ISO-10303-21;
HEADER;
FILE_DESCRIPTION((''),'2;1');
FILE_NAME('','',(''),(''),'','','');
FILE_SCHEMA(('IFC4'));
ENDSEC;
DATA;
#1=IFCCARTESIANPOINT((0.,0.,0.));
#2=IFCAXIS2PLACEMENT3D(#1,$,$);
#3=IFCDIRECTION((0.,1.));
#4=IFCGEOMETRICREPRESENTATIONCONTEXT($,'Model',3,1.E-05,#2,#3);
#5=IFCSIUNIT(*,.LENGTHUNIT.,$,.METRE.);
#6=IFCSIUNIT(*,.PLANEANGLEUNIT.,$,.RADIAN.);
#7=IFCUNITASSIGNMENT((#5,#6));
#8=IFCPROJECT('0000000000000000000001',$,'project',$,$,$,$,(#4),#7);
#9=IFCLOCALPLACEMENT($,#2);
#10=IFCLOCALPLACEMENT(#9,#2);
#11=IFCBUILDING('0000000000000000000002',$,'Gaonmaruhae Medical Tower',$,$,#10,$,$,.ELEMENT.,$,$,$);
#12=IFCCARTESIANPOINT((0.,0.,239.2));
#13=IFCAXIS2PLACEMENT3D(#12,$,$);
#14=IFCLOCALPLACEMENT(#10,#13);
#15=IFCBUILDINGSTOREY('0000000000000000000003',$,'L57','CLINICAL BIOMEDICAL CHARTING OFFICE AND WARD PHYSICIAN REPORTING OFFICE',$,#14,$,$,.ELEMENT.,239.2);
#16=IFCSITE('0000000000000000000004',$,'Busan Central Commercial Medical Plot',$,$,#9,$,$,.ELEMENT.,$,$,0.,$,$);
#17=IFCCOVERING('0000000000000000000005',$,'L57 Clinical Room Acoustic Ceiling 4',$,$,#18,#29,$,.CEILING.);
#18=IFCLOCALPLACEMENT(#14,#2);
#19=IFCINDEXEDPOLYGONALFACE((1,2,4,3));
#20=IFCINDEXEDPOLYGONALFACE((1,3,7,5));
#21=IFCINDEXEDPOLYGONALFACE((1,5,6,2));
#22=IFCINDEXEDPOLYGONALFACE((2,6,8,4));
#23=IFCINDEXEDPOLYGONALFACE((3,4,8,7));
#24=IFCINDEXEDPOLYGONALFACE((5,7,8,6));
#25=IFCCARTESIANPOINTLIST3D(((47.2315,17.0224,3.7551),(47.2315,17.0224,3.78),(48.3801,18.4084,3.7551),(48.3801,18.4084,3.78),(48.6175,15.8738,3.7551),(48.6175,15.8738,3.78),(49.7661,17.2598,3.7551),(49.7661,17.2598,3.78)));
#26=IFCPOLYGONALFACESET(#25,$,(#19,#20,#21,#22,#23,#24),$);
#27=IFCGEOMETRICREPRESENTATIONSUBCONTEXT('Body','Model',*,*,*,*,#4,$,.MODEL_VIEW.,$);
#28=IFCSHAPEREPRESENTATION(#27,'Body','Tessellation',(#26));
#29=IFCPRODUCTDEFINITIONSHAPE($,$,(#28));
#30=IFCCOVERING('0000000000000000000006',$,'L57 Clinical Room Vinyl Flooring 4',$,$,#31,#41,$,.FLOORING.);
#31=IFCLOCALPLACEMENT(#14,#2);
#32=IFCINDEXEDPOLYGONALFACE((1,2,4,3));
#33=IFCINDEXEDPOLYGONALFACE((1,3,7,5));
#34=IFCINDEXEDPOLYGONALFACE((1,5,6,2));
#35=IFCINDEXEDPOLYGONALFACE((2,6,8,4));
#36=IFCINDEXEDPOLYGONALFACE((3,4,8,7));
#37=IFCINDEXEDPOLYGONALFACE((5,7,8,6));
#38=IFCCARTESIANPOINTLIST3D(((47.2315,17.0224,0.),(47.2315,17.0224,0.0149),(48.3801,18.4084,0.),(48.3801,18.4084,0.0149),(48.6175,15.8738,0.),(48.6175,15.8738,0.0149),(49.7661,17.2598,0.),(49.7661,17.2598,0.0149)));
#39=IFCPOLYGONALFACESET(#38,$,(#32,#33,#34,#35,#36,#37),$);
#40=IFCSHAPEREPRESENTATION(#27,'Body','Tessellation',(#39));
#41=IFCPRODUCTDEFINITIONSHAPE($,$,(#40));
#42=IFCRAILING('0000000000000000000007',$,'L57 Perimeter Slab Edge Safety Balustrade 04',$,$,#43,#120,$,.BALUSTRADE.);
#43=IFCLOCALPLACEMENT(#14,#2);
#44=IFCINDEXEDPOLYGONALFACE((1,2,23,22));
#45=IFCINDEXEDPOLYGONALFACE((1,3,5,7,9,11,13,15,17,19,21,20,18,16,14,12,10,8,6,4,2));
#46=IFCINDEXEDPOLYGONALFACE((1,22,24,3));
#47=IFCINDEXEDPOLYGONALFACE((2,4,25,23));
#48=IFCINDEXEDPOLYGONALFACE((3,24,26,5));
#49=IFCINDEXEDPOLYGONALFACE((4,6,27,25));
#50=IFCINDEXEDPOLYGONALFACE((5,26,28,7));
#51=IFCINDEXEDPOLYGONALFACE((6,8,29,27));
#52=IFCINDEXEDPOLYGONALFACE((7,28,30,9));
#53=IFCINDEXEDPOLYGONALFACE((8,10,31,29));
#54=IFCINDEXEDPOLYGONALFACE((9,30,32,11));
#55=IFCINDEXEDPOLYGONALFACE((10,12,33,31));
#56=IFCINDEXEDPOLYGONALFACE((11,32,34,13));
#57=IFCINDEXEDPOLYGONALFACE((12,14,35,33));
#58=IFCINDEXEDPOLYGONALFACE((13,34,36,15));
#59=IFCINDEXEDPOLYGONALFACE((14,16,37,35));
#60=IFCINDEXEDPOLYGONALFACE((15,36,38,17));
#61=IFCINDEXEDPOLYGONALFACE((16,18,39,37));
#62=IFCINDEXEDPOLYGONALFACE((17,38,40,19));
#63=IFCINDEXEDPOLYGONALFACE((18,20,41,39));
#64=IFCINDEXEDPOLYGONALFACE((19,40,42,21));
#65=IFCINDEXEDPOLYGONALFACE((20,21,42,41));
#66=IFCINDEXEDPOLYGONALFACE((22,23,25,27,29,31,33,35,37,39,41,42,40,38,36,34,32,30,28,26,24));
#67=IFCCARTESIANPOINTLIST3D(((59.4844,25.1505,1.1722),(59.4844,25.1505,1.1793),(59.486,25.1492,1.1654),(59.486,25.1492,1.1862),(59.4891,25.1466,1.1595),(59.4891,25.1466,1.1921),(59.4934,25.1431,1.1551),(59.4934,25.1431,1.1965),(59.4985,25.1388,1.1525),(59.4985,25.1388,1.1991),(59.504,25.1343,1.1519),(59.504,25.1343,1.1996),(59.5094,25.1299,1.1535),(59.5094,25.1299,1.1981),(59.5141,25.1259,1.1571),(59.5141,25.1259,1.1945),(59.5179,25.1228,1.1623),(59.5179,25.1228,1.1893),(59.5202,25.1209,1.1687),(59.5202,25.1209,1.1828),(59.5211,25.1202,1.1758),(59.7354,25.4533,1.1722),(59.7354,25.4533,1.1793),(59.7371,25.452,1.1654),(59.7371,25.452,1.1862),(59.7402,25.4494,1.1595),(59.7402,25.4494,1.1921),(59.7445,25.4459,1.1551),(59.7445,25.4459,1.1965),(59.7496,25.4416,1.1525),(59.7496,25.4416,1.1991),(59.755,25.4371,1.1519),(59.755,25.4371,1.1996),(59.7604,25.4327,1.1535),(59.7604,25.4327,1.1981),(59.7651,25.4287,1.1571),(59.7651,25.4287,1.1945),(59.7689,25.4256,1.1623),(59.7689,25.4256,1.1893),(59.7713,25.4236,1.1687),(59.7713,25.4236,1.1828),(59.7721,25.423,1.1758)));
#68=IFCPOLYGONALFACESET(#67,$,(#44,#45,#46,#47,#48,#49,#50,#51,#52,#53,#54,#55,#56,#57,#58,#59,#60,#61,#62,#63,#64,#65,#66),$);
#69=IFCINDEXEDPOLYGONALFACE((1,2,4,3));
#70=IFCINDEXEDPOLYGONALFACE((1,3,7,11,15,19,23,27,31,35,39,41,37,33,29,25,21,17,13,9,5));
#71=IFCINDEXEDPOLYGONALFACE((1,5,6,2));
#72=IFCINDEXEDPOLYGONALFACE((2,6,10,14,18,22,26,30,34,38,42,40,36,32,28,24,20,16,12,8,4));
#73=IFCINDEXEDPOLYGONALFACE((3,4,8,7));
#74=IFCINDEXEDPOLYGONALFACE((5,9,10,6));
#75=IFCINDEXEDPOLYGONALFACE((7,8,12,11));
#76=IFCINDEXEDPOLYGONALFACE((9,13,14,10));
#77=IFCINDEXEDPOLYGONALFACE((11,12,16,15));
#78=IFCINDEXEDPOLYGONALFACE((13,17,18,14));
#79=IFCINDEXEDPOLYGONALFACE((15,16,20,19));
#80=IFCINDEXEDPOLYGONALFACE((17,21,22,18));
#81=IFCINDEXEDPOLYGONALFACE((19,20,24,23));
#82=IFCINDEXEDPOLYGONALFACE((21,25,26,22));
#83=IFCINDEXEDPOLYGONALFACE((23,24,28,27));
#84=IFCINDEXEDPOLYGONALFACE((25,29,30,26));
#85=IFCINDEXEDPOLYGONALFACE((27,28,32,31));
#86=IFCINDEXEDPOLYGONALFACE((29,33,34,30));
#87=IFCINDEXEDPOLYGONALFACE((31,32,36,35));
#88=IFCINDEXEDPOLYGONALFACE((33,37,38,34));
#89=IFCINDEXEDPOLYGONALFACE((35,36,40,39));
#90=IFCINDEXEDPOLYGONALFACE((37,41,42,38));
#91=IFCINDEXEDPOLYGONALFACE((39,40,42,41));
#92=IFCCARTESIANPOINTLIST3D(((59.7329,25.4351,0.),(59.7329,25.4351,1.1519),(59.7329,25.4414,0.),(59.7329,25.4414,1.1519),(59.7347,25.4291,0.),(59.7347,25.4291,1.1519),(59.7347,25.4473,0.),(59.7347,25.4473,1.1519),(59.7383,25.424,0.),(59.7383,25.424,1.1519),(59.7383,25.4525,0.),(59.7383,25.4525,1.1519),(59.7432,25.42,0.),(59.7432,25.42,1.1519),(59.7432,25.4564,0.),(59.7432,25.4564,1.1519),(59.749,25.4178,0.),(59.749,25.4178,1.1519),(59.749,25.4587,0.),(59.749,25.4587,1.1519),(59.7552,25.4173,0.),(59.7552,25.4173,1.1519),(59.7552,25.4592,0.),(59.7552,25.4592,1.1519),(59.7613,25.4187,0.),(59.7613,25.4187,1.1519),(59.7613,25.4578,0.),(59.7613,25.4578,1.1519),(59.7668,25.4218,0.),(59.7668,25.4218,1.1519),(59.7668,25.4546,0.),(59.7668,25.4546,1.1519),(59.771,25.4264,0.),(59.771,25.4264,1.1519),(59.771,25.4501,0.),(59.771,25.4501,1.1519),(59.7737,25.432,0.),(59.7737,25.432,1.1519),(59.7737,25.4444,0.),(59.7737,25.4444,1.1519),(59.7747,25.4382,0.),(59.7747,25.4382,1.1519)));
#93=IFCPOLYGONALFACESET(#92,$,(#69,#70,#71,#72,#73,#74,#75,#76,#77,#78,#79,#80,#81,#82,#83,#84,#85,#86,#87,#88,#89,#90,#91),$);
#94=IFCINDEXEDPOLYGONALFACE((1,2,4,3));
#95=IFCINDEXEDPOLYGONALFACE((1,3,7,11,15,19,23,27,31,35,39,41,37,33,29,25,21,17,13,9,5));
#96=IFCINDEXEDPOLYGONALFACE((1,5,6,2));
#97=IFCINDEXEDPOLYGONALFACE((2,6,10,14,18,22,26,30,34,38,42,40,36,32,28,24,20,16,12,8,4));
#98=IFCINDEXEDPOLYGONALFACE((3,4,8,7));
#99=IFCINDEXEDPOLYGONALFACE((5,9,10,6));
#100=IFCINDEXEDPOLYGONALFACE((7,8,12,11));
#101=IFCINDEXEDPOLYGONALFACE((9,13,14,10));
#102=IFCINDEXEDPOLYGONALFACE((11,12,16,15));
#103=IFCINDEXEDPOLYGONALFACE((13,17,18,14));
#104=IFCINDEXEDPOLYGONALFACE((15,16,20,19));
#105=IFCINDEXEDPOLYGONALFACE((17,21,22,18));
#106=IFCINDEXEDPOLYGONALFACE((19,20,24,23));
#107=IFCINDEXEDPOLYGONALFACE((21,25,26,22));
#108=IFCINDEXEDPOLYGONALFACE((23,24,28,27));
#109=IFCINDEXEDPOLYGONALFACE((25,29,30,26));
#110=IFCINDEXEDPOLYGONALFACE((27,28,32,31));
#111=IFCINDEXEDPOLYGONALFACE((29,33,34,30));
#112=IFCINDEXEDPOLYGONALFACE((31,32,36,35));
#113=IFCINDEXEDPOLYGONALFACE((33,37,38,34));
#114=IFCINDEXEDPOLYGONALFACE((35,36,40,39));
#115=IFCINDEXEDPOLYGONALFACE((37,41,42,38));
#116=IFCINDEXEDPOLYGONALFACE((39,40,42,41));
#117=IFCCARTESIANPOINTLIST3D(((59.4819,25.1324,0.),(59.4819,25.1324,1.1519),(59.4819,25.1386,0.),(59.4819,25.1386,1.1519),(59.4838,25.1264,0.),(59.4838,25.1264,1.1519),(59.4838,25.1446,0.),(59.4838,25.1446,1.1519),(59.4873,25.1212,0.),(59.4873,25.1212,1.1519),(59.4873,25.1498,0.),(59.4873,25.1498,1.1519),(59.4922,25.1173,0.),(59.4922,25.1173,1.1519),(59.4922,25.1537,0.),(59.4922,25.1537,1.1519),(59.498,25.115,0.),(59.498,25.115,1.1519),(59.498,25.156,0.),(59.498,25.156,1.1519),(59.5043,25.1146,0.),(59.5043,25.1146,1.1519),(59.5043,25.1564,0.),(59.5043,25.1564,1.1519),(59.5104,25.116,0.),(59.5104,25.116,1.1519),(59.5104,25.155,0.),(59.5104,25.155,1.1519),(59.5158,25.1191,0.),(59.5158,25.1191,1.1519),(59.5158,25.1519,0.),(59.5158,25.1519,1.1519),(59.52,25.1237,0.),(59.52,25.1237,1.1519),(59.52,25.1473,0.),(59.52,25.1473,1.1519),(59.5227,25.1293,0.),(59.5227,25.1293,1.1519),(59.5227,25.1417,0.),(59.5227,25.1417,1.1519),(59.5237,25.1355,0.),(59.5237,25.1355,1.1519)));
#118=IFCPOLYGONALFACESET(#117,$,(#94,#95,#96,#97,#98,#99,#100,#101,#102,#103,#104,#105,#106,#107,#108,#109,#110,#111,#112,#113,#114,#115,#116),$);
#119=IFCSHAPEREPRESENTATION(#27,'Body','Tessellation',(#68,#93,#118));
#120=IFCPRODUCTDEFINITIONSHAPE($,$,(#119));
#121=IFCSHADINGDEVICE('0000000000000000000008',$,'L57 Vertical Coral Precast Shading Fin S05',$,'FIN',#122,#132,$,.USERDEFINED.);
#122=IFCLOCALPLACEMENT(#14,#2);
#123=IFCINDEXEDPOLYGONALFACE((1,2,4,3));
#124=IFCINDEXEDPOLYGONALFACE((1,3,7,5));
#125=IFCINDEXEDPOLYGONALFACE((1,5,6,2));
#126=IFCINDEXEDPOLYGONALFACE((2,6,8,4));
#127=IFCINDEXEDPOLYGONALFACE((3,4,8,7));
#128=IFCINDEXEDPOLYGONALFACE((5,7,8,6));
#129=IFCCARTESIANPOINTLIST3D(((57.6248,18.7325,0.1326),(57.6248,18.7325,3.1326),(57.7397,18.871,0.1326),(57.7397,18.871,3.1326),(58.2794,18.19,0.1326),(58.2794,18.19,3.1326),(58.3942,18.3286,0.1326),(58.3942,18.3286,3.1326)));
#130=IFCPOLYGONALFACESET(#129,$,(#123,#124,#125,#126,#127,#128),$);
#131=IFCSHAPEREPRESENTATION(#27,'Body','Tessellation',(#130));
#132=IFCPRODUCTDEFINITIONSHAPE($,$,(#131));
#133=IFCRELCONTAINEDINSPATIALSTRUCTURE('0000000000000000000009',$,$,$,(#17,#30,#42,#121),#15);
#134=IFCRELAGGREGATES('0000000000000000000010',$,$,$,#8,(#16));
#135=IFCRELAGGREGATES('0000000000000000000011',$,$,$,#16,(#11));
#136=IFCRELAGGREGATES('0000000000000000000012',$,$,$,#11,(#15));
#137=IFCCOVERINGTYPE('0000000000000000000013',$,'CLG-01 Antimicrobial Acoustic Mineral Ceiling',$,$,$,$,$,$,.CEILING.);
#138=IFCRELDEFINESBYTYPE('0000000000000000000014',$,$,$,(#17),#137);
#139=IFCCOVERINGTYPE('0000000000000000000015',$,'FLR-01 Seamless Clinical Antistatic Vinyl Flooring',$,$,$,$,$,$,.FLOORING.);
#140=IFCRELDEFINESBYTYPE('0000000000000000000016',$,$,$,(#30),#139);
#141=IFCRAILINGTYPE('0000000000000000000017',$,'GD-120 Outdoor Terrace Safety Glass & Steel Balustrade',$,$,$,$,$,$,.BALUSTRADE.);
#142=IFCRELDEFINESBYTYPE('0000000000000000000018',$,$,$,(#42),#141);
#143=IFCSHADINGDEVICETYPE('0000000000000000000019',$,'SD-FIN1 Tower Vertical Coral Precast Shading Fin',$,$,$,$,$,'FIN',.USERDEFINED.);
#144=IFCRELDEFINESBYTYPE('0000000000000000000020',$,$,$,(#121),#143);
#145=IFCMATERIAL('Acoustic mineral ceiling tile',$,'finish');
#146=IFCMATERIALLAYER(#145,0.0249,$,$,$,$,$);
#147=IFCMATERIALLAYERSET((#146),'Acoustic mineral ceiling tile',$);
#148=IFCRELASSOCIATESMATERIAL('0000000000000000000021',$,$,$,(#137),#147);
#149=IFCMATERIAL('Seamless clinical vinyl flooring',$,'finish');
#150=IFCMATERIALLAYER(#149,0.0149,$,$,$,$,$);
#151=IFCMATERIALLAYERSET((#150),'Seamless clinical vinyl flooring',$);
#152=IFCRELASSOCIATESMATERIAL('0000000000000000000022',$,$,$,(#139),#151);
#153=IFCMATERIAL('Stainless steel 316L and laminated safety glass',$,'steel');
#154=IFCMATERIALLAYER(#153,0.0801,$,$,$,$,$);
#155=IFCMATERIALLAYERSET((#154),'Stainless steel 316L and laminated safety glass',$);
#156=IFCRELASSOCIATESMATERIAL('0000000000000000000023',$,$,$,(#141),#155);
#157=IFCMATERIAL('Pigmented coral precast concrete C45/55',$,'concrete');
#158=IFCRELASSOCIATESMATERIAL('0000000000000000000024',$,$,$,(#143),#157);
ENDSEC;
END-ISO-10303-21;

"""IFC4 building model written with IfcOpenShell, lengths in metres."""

from ifc_helpers import new_model, si_unit, direction, frame, origin, origin_2d, place, context, subcontext, project, spatial, rectangle, circle, extrude, material, layer, layer_set, type_object, element, save


model = new_model("IFC4")

# Units and contexts
model_context = context("Model", 3, precision=1e-05, world=origin(), true_north=direction((0.0, 1.0)))
body_context = subcontext(model_context, "Body", "Model", "MODEL_VIEW")
ifc_project = project(units=[si_unit("LENGTHUNIT", "METRE"), si_unit("PLANEANGLEUNIT", "RADIAN")], contexts=[model_context])

# Site, building, storey
site_placement = place(None, origin())
site = spatial("IfcSite", under=ifc_project, at=site_placement, Name="Busan Central Commercial Medical Plot", CompositionType="ELEMENT", RefElevation=0.0)
building_placement = place(site_placement, origin())
building = spatial("IfcBuilding", under=site, at=building_placement, Name="Gaonmaruhae Medical Tower", CompositionType="ELEMENT")
storey_placement = place(building_placement, frame((0.0, 0.0, 239.2)))
storey = spatial("IfcBuildingStorey", under=building, at=storey_placement, Name="L57", Description="CLINICAL BIOMEDICAL CHARTING OFFICE AND WARD PHYSICIAN REPORTING OFFICE", CompositionType="ELEMENT", Elevation=239.2)

# Coverings
ifc_material_1 = material(Name="Acoustic mineral ceiling tile", Category="finish")
ifc_layer_1 = layer(ifc_material_1, 0.0249)
ifc_layer_set_1 = layer_set([ifc_layer_1], Name="Acoustic mineral ceiling tile")
covering_type_1 = type_object("IfcCoveringType", Name="CLG-01 Antimicrobial Acoustic Mineral Ceiling", PredefinedType="CEILING", material=ifc_layer_set_1)
covering_1_placement = place(storey_placement, frame((48.4988, 17.1411, 3.7551), z_axis=(0.0, 0.0, 1.0), x_axis=(0.638096, 0.769957, 0.0)))
element("IfcCovering", 1, at=covering_1_placement, inside=storey, type_object=covering_type_1, Name="L57 Clinical Room Acoustic Ceiling 4", PredefinedType="CEILING", context=body_context, shape_type="SweptSolid", body=[
    extrude(rectangle(XDim=1.8, YDim=1.8, at=origin_2d()), origin(), (0.0, 0.0, 1.0), 0.0249),
])
ifc_material_2 = material(Name="Seamless clinical vinyl flooring", Category="finish")
ifc_layer_2 = layer(ifc_material_2, 0.0149)
ifc_layer_set_2 = layer_set([ifc_layer_2], Name="Seamless clinical vinyl flooring")
covering_type_2 = type_object("IfcCoveringType", Name="FLR-01 Seamless Clinical Antistatic Vinyl Flooring", PredefinedType="FLOORING", material=ifc_layer_set_2)
covering_2_placement = place(storey_placement, frame((48.4988, 17.1411, 0.0), z_axis=(0.0, 0.0, 1.0), x_axis=(0.638096, 0.769957, 0.0)))
element("IfcCovering", 2, at=covering_2_placement, inside=storey, type_object=covering_type_2, Name="L57 Clinical Room Vinyl Flooring 4", PredefinedType="FLOORING", context=body_context, shape_type="SweptSolid", body=[
    extrude(rectangle(XDim=1.8, YDim=1.8, at=origin_2d()), origin(), (0.0, 0.0, 1.0), 0.0149),
])

# Railing
ifc_material_3 = material(Name="Stainless steel 316L and laminated safety glass", Category="steel")
ifc_layer_3 = layer(ifc_material_3, 0.0801)
ifc_layer_set_3 = layer_set([ifc_layer_3], Name="Stainless steel 316L and laminated safety glass")
railing_type = type_object("IfcRailingType", Name="GD-120 Outdoor Terrace Safety Glass & Steel Balustrade", PredefinedType="BALUSTRADE", material=ifc_layer_set_3)
railing_placement = place(storey_placement, frame((59.7537, 25.4382, 0.0)))
element("IfcRailing", 3, at=railing_placement, inside=storey, type_object=railing_type, Name="L57 Perimeter Slab Edge Safety Balustrade 04", PredefinedType="BALUSTRADE", context=body_context, shape_type="SweptSolid", body=[
    extrude(circle(Radius=0.0239, at=origin_2d()), frame((0.0, 0.0, 1.1758), z_axis=(-0.638228, -0.769847, 0.0), x_axis=(0.769847, -0.638228, 0.0)), (0.0, 0.0, 1.0), 0.3933),
    extrude(circle(Radius=0.021, at=origin_2d()), origin(), (0.0, 0.0, 1.0), 1.1519),
    extrude(circle(Radius=0.021, at=origin_2d()), frame((-0.251, -0.3027, 0.0)), (0.0, 0.0, 1.0), 1.1519),
])

# Shading device
ifc_material_4 = material(Name="Pigmented coral precast concrete C45/55", Category="concrete")
shading_device_type = type_object("IfcShadingDeviceType", Name="SD-FIN1 Tower Vertical Coral Precast Shading Fin", ElementType="FIN", PredefinedType="USERDEFINED", material=ifc_material_4)
shading_device_placement = place(storey_placement, frame((58.0095, 18.5305, 0.1326), z_axis=(0.0, 0.0, 1.0), x_axis=(-0.638083, -0.769968, 0.0)))
element("IfcShadingDevice", 4, at=shading_device_placement, inside=storey, type_object=shading_device_type, Name="L57 Vertical Coral Precast Shading Fin S05", ObjectType="FIN", PredefinedType="USERDEFINED", context=body_context, shape_type="SweptSolid", body=[
    extrude(rectangle(XDim=0.1799, YDim=0.8501, at=origin_2d()), origin(), (0.0, 0.0, 1.0), 3.0),
])

save(model, "model.ifc")
